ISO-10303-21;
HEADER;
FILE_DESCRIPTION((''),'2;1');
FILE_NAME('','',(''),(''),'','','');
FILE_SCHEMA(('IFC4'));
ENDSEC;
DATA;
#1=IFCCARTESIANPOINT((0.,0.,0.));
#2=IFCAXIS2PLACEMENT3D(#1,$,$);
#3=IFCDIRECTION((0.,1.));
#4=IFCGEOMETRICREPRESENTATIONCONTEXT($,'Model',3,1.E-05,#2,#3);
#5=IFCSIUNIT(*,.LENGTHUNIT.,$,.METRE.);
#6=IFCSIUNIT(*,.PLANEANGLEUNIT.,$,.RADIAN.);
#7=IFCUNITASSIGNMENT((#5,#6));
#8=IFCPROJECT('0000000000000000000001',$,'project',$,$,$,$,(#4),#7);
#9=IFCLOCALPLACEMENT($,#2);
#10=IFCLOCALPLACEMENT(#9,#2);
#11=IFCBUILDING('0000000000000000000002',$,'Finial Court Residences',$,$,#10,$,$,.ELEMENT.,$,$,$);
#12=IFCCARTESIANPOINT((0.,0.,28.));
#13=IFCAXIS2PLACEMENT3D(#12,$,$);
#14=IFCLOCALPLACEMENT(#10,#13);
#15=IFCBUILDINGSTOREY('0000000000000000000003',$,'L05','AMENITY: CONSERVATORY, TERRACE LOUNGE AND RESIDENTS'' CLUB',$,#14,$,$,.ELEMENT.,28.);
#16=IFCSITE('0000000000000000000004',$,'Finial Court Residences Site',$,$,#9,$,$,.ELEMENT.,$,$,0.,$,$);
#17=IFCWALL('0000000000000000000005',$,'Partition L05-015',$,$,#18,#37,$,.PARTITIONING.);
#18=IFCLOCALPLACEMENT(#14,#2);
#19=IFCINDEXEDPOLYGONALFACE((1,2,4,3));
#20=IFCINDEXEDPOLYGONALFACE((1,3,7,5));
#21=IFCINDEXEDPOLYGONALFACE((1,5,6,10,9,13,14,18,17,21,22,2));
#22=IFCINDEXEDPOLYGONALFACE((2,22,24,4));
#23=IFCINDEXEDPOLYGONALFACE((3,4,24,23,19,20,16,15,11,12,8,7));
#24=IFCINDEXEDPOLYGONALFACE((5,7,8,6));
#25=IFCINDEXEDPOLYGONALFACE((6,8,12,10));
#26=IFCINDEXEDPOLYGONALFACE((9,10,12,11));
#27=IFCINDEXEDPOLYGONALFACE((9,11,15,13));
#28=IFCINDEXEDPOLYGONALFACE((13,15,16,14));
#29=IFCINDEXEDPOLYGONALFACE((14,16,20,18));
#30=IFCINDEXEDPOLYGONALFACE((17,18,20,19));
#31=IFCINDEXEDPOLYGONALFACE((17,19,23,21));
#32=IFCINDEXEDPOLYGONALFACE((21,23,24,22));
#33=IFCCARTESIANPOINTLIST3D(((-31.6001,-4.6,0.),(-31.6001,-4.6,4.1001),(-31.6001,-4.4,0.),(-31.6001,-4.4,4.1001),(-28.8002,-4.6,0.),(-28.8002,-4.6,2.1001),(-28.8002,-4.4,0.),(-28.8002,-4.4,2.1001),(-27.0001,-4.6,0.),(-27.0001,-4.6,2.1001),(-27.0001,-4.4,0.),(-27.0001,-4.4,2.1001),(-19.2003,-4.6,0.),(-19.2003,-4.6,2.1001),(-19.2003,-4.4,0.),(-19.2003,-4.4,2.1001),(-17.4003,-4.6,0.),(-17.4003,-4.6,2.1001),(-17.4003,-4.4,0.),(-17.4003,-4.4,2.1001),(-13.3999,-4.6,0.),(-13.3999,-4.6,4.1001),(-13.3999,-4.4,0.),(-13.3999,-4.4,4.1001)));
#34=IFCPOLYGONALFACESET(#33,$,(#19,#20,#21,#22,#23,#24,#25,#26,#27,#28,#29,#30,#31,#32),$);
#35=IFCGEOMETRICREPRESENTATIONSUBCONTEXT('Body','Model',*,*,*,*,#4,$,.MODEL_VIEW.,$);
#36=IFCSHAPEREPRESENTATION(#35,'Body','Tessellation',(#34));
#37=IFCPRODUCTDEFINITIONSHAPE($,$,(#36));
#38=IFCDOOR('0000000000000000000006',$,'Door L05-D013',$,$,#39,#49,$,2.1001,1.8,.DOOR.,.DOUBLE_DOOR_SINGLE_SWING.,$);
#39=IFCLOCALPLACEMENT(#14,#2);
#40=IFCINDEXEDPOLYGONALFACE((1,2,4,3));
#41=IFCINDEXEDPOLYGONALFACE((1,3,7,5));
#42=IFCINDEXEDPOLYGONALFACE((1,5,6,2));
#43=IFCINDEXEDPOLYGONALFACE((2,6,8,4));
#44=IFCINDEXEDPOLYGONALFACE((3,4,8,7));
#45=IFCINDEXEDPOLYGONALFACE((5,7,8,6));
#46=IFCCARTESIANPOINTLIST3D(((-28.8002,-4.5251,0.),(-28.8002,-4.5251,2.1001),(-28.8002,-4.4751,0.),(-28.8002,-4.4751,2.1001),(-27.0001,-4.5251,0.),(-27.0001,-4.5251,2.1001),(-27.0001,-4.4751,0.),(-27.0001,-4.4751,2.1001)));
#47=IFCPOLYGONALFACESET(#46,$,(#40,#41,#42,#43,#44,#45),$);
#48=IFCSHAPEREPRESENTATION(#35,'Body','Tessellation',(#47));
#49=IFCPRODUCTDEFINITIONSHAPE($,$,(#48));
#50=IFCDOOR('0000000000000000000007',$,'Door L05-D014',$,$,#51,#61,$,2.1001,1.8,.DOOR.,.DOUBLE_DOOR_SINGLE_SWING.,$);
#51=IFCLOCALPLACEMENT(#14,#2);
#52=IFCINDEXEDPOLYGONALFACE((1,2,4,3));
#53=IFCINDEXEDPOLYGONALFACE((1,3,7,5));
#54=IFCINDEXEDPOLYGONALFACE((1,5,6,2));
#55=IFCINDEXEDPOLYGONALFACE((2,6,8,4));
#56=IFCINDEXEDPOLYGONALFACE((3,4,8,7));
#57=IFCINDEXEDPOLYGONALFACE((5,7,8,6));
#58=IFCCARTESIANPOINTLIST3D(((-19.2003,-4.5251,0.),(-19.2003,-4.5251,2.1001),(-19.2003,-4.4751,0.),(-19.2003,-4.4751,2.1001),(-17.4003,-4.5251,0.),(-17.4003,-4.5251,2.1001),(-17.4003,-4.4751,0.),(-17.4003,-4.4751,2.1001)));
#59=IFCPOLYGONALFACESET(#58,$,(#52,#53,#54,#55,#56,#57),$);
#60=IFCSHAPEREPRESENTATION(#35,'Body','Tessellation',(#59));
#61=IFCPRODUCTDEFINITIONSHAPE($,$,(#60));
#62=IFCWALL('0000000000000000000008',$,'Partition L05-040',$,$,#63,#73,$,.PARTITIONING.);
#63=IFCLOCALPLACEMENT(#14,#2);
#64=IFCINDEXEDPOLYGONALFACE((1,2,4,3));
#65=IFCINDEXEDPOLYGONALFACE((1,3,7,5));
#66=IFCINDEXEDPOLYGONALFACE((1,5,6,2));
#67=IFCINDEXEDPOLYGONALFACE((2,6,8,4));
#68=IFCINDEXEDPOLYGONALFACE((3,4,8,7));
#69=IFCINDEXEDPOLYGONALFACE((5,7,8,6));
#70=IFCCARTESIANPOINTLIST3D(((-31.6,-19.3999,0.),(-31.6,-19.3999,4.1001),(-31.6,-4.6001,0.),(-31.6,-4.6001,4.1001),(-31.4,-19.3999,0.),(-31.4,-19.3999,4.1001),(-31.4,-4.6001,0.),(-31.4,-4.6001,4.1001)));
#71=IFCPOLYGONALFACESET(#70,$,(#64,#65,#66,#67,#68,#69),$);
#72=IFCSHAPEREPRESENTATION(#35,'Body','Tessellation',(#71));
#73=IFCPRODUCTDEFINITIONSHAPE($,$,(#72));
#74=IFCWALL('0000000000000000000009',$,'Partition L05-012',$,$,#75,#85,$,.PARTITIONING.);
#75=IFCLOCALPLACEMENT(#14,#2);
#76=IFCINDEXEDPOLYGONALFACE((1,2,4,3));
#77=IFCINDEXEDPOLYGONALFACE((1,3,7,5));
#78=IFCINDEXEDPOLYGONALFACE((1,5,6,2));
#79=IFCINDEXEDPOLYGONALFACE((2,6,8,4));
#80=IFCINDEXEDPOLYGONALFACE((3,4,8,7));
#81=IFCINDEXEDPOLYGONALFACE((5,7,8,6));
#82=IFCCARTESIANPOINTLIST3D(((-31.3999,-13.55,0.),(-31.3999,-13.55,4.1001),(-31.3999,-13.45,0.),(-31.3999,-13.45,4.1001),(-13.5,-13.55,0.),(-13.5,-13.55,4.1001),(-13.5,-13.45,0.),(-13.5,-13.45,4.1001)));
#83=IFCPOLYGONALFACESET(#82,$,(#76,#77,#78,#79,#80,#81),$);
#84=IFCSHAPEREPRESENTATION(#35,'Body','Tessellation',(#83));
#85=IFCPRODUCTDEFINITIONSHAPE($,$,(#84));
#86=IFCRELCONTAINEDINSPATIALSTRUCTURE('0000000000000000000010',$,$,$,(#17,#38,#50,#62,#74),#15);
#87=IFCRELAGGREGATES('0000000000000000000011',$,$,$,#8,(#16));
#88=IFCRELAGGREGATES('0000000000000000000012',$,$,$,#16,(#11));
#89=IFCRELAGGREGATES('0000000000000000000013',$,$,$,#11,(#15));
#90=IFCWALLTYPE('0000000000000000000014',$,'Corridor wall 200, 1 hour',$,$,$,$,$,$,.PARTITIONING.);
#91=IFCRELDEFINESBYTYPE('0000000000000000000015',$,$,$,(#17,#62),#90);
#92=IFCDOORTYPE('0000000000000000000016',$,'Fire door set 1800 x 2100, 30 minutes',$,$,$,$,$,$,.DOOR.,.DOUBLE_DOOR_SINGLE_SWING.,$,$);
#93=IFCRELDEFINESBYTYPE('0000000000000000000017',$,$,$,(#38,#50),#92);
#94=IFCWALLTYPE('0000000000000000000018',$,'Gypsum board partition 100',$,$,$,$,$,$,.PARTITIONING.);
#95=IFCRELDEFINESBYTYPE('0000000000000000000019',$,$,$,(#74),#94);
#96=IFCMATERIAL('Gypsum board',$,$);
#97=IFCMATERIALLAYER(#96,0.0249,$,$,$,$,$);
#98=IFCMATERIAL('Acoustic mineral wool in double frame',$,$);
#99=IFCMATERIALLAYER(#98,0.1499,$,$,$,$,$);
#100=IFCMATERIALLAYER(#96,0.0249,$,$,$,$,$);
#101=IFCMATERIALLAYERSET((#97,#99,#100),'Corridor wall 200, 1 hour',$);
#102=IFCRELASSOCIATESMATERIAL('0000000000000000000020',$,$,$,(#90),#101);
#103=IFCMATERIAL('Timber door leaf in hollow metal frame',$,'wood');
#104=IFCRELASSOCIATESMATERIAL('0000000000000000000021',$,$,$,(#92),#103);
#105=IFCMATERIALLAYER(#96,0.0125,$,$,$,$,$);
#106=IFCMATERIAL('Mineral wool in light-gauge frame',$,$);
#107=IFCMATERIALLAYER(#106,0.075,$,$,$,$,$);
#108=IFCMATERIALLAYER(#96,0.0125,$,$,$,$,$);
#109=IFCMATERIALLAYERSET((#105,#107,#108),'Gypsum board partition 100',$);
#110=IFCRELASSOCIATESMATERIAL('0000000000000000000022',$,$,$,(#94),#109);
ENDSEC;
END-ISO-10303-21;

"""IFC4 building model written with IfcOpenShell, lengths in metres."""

from ifc_helpers import new_model, si_unit, direction, frame, frame_2d, origin, place, context, subcontext, project, spatial, rectangle, extrude, material, layer, layer_set, type_object, element, fill, save


model = new_model("IFC4")

# Units and contexts
model_context = context("Model", 3, precision=1e-05, world=origin(), true_north=direction((0.0, 1.0)))
body_context = subcontext(model_context, "Body", "Model", "MODEL_VIEW")
ifc_project = project(units=[si_unit("LENGTHUNIT", "METRE"), si_unit("PLANEANGLEUNIT", "RADIAN")], contexts=[model_context])

# Site, building, storey
site_placement = place(None, origin())
site = spatial("IfcSite", under=ifc_project, at=site_placement, Name="Finial Court Residences Site", CompositionType="ELEMENT", RefElevation=0.0)
building_placement = place(site_placement, origin())
building = spatial("IfcBuilding", under=site, at=building_placement, Name="Finial Court Residences", CompositionType="ELEMENT")
storey_placement = place(building_placement, frame((0.0, 0.0, 28.0)))
storey = spatial("IfcBuildingStorey", under=building, at=storey_placement, Name="L05", Description="AMENITY: CONSERVATORY, TERRACE LOUNGE AND RESIDENTS' CLUB", CompositionType="ELEMENT", Elevation=28.0)

# Wall, openings, doors
ifc_material_1 = material(Name="Gypsum board")
ifc_layer_1 = layer(ifc_material_1, 0.0249)
ifc_material_2 = material(Name="Acoustic mineral wool in double frame")
ifc_layer_2 = layer(ifc_material_2, 0.1499)
ifc_layer_3 = layer(ifc_material_1, 0.0249)
ifc_layer_set_1 = layer_set([ifc_layer_1, ifc_layer_2, ifc_layer_3], Name="Corridor wall 200, 1 hour")
wall_type_1 = type_object("IfcWallType", Name="Corridor wall 200, 1 hour", PredefinedType="PARTITIONING", material=ifc_layer_set_1)
wall_1_placement = place(storey_placement, frame((-31.6001, -4.5, 0.0), z_axis=(0.0, 0.0, 1.0), x_axis=(1.0, 0.0, 0.0)))
wall_1 = element("IfcWall", 1, at=wall_1_placement, inside=storey, type_object=wall_type_1, Name="Partition L05-015", PredefinedType="PARTITIONING", context=body_context, shape_type="SweptSolid", body=[
    extrude(rectangle(XDim=18.2002, YDim=0.2, at=frame_2d((9.1001, 0.0))), origin(), (0.0, 0.0, 1.0), 4.1001),
])
opening_1_placement = place(wall_1_placement, frame((2.8, 0.0, 0.0)))
opening_1 = element("IfcOpeningElement", 2, at=opening_1_placement, cuts=wall_1, PredefinedType="OPENING", context=body_context, shape_type="SweptSolid", body=[
    extrude(rectangle(XDim=1.8, YDim=2.1001, at=frame_2d((0.8999, 1.05))), frame((0.0, 0.1099, 0.0), z_axis=(0.0, -1.0, 0.0), x_axis=(1.0, 0.0, 0.0)), (0.0, 0.0, 1.0), 0.22),
])
opening_2_placement = place(wall_1_placement, frame((12.3999, 0.0, 0.0)))
opening_2 = element("IfcOpeningElement", 3, at=opening_2_placement, cuts=wall_1, PredefinedType="OPENING", context=body_context, shape_type="SweptSolid", body=[
    extrude(rectangle(XDim=1.8, YDim=2.1001, at=frame_2d((0.8999, 1.05))), frame((0.0, 0.1099, 0.0), z_axis=(0.0, -1.0, 0.0), x_axis=(1.0, 0.0, 0.0)), (0.0, 0.0, 1.0), 0.22),
])
ifc_material_3 = material(Name="Timber door leaf in hollow metal frame", Category="wood")
door_type = type_object("IfcDoorType", Name="Fire door set 1800 x 2100, 30 minutes", OperationType="DOUBLE_DOOR_SINGLE_SWING", PredefinedType="DOOR", material=ifc_material_3)
door_1_placement = place(opening_1_placement, origin())
door_1 = element("IfcDoor", 4, at=door_1_placement, inside=storey, type_object=door_type, Name="Door L05-D013", OperationType="DOUBLE_DOOR_SINGLE_SWING", OverallHeight=2.1001, OverallWidth=1.8, PredefinedType="DOOR", context=body_context, shape_type="SweptSolid", body=[
    extrude(rectangle(XDim=1.8, YDim=2.1001, at=frame_2d((0.8999, 1.05))), frame((0.0, 0.0249, 0.0), z_axis=(0.0, -1.0, 0.0), x_axis=(1.0, 0.0, 0.0)), (0.0, 0.0, 1.0), 0.05),
])
fill(opening_1, door_1)
door_2_placement = place(opening_2_placement, origin())
door_2 = element("IfcDoor", 5, at=door_2_placement, inside=storey, type_object=door_type, Name="Door L05-D014", OperationType="DOUBLE_DOOR_SINGLE_SWING", OverallHeight=2.1001, OverallWidth=1.8, PredefinedType="DOOR", context=body_context, shape_type="SweptSolid", body=[
    extrude(rectangle(XDim=1.8, YDim=2.1001, at=frame_2d((0.8999, 1.05))), frame((0.0, 0.0249, 0.0), z_axis=(0.0, -1.0, 0.0), x_axis=(1.0, 0.0, 0.0)), (0.0, 0.0, 1.0), 0.05),
])
fill(opening_2, door_2)

# Walls
wall_2_placement = place(storey_placement, frame((-31.5, -19.3999, 0.0), z_axis=(0.0, 0.0, 1.0), x_axis=(0.0, 1.0, 0.0)))
element("IfcWall", 6, at=wall_2_placement, inside=storey, type_object=wall_type_1, Name="Partition L05-040", PredefinedType="PARTITIONING", context=body_context, shape_type="SweptSolid", body=[
    extrude(rectangle(XDim=14.7998, YDim=0.2, at=frame_2d((7.3999, 0.0))), origin(), (0.0, 0.0, 1.0), 4.1001),
])
ifc_layer_4 = layer(ifc_material_1, 0.0125)
ifc_material_4 = material(Name="Mineral wool in light-gauge frame")
ifc_layer_5 = layer(ifc_material_4, 0.075)
ifc_layer_6 = layer(ifc_material_1, 0.0125)
ifc_layer_set_2 = layer_set([ifc_layer_4, ifc_layer_5, ifc_layer_6], Name="Gypsum board partition 100")
wall_type_2 = type_object("IfcWallType", Name="Gypsum board partition 100", PredefinedType="PARTITIONING", material=ifc_layer_set_2)
wall_3_placement = place(storey_placement, frame((-31.3999, -13.5, 0.0), z_axis=(0.0, 0.0, 1.0), x_axis=(1.0, 0.0, 0.0)))
element("IfcWall", 7, at=wall_3_placement, inside=storey, type_object=wall_type_2, Name="Partition L05-012", PredefinedType="PARTITIONING", context=body_context, shape_type="SweptSolid", body=[
    extrude(rectangle(XDim=17.8999, YDim=0.1001, at=frame_2d((8.95, 0.0))), origin(), (0.0, 0.0, 1.0), 4.1001),
])

save(model, "model.ifc")
